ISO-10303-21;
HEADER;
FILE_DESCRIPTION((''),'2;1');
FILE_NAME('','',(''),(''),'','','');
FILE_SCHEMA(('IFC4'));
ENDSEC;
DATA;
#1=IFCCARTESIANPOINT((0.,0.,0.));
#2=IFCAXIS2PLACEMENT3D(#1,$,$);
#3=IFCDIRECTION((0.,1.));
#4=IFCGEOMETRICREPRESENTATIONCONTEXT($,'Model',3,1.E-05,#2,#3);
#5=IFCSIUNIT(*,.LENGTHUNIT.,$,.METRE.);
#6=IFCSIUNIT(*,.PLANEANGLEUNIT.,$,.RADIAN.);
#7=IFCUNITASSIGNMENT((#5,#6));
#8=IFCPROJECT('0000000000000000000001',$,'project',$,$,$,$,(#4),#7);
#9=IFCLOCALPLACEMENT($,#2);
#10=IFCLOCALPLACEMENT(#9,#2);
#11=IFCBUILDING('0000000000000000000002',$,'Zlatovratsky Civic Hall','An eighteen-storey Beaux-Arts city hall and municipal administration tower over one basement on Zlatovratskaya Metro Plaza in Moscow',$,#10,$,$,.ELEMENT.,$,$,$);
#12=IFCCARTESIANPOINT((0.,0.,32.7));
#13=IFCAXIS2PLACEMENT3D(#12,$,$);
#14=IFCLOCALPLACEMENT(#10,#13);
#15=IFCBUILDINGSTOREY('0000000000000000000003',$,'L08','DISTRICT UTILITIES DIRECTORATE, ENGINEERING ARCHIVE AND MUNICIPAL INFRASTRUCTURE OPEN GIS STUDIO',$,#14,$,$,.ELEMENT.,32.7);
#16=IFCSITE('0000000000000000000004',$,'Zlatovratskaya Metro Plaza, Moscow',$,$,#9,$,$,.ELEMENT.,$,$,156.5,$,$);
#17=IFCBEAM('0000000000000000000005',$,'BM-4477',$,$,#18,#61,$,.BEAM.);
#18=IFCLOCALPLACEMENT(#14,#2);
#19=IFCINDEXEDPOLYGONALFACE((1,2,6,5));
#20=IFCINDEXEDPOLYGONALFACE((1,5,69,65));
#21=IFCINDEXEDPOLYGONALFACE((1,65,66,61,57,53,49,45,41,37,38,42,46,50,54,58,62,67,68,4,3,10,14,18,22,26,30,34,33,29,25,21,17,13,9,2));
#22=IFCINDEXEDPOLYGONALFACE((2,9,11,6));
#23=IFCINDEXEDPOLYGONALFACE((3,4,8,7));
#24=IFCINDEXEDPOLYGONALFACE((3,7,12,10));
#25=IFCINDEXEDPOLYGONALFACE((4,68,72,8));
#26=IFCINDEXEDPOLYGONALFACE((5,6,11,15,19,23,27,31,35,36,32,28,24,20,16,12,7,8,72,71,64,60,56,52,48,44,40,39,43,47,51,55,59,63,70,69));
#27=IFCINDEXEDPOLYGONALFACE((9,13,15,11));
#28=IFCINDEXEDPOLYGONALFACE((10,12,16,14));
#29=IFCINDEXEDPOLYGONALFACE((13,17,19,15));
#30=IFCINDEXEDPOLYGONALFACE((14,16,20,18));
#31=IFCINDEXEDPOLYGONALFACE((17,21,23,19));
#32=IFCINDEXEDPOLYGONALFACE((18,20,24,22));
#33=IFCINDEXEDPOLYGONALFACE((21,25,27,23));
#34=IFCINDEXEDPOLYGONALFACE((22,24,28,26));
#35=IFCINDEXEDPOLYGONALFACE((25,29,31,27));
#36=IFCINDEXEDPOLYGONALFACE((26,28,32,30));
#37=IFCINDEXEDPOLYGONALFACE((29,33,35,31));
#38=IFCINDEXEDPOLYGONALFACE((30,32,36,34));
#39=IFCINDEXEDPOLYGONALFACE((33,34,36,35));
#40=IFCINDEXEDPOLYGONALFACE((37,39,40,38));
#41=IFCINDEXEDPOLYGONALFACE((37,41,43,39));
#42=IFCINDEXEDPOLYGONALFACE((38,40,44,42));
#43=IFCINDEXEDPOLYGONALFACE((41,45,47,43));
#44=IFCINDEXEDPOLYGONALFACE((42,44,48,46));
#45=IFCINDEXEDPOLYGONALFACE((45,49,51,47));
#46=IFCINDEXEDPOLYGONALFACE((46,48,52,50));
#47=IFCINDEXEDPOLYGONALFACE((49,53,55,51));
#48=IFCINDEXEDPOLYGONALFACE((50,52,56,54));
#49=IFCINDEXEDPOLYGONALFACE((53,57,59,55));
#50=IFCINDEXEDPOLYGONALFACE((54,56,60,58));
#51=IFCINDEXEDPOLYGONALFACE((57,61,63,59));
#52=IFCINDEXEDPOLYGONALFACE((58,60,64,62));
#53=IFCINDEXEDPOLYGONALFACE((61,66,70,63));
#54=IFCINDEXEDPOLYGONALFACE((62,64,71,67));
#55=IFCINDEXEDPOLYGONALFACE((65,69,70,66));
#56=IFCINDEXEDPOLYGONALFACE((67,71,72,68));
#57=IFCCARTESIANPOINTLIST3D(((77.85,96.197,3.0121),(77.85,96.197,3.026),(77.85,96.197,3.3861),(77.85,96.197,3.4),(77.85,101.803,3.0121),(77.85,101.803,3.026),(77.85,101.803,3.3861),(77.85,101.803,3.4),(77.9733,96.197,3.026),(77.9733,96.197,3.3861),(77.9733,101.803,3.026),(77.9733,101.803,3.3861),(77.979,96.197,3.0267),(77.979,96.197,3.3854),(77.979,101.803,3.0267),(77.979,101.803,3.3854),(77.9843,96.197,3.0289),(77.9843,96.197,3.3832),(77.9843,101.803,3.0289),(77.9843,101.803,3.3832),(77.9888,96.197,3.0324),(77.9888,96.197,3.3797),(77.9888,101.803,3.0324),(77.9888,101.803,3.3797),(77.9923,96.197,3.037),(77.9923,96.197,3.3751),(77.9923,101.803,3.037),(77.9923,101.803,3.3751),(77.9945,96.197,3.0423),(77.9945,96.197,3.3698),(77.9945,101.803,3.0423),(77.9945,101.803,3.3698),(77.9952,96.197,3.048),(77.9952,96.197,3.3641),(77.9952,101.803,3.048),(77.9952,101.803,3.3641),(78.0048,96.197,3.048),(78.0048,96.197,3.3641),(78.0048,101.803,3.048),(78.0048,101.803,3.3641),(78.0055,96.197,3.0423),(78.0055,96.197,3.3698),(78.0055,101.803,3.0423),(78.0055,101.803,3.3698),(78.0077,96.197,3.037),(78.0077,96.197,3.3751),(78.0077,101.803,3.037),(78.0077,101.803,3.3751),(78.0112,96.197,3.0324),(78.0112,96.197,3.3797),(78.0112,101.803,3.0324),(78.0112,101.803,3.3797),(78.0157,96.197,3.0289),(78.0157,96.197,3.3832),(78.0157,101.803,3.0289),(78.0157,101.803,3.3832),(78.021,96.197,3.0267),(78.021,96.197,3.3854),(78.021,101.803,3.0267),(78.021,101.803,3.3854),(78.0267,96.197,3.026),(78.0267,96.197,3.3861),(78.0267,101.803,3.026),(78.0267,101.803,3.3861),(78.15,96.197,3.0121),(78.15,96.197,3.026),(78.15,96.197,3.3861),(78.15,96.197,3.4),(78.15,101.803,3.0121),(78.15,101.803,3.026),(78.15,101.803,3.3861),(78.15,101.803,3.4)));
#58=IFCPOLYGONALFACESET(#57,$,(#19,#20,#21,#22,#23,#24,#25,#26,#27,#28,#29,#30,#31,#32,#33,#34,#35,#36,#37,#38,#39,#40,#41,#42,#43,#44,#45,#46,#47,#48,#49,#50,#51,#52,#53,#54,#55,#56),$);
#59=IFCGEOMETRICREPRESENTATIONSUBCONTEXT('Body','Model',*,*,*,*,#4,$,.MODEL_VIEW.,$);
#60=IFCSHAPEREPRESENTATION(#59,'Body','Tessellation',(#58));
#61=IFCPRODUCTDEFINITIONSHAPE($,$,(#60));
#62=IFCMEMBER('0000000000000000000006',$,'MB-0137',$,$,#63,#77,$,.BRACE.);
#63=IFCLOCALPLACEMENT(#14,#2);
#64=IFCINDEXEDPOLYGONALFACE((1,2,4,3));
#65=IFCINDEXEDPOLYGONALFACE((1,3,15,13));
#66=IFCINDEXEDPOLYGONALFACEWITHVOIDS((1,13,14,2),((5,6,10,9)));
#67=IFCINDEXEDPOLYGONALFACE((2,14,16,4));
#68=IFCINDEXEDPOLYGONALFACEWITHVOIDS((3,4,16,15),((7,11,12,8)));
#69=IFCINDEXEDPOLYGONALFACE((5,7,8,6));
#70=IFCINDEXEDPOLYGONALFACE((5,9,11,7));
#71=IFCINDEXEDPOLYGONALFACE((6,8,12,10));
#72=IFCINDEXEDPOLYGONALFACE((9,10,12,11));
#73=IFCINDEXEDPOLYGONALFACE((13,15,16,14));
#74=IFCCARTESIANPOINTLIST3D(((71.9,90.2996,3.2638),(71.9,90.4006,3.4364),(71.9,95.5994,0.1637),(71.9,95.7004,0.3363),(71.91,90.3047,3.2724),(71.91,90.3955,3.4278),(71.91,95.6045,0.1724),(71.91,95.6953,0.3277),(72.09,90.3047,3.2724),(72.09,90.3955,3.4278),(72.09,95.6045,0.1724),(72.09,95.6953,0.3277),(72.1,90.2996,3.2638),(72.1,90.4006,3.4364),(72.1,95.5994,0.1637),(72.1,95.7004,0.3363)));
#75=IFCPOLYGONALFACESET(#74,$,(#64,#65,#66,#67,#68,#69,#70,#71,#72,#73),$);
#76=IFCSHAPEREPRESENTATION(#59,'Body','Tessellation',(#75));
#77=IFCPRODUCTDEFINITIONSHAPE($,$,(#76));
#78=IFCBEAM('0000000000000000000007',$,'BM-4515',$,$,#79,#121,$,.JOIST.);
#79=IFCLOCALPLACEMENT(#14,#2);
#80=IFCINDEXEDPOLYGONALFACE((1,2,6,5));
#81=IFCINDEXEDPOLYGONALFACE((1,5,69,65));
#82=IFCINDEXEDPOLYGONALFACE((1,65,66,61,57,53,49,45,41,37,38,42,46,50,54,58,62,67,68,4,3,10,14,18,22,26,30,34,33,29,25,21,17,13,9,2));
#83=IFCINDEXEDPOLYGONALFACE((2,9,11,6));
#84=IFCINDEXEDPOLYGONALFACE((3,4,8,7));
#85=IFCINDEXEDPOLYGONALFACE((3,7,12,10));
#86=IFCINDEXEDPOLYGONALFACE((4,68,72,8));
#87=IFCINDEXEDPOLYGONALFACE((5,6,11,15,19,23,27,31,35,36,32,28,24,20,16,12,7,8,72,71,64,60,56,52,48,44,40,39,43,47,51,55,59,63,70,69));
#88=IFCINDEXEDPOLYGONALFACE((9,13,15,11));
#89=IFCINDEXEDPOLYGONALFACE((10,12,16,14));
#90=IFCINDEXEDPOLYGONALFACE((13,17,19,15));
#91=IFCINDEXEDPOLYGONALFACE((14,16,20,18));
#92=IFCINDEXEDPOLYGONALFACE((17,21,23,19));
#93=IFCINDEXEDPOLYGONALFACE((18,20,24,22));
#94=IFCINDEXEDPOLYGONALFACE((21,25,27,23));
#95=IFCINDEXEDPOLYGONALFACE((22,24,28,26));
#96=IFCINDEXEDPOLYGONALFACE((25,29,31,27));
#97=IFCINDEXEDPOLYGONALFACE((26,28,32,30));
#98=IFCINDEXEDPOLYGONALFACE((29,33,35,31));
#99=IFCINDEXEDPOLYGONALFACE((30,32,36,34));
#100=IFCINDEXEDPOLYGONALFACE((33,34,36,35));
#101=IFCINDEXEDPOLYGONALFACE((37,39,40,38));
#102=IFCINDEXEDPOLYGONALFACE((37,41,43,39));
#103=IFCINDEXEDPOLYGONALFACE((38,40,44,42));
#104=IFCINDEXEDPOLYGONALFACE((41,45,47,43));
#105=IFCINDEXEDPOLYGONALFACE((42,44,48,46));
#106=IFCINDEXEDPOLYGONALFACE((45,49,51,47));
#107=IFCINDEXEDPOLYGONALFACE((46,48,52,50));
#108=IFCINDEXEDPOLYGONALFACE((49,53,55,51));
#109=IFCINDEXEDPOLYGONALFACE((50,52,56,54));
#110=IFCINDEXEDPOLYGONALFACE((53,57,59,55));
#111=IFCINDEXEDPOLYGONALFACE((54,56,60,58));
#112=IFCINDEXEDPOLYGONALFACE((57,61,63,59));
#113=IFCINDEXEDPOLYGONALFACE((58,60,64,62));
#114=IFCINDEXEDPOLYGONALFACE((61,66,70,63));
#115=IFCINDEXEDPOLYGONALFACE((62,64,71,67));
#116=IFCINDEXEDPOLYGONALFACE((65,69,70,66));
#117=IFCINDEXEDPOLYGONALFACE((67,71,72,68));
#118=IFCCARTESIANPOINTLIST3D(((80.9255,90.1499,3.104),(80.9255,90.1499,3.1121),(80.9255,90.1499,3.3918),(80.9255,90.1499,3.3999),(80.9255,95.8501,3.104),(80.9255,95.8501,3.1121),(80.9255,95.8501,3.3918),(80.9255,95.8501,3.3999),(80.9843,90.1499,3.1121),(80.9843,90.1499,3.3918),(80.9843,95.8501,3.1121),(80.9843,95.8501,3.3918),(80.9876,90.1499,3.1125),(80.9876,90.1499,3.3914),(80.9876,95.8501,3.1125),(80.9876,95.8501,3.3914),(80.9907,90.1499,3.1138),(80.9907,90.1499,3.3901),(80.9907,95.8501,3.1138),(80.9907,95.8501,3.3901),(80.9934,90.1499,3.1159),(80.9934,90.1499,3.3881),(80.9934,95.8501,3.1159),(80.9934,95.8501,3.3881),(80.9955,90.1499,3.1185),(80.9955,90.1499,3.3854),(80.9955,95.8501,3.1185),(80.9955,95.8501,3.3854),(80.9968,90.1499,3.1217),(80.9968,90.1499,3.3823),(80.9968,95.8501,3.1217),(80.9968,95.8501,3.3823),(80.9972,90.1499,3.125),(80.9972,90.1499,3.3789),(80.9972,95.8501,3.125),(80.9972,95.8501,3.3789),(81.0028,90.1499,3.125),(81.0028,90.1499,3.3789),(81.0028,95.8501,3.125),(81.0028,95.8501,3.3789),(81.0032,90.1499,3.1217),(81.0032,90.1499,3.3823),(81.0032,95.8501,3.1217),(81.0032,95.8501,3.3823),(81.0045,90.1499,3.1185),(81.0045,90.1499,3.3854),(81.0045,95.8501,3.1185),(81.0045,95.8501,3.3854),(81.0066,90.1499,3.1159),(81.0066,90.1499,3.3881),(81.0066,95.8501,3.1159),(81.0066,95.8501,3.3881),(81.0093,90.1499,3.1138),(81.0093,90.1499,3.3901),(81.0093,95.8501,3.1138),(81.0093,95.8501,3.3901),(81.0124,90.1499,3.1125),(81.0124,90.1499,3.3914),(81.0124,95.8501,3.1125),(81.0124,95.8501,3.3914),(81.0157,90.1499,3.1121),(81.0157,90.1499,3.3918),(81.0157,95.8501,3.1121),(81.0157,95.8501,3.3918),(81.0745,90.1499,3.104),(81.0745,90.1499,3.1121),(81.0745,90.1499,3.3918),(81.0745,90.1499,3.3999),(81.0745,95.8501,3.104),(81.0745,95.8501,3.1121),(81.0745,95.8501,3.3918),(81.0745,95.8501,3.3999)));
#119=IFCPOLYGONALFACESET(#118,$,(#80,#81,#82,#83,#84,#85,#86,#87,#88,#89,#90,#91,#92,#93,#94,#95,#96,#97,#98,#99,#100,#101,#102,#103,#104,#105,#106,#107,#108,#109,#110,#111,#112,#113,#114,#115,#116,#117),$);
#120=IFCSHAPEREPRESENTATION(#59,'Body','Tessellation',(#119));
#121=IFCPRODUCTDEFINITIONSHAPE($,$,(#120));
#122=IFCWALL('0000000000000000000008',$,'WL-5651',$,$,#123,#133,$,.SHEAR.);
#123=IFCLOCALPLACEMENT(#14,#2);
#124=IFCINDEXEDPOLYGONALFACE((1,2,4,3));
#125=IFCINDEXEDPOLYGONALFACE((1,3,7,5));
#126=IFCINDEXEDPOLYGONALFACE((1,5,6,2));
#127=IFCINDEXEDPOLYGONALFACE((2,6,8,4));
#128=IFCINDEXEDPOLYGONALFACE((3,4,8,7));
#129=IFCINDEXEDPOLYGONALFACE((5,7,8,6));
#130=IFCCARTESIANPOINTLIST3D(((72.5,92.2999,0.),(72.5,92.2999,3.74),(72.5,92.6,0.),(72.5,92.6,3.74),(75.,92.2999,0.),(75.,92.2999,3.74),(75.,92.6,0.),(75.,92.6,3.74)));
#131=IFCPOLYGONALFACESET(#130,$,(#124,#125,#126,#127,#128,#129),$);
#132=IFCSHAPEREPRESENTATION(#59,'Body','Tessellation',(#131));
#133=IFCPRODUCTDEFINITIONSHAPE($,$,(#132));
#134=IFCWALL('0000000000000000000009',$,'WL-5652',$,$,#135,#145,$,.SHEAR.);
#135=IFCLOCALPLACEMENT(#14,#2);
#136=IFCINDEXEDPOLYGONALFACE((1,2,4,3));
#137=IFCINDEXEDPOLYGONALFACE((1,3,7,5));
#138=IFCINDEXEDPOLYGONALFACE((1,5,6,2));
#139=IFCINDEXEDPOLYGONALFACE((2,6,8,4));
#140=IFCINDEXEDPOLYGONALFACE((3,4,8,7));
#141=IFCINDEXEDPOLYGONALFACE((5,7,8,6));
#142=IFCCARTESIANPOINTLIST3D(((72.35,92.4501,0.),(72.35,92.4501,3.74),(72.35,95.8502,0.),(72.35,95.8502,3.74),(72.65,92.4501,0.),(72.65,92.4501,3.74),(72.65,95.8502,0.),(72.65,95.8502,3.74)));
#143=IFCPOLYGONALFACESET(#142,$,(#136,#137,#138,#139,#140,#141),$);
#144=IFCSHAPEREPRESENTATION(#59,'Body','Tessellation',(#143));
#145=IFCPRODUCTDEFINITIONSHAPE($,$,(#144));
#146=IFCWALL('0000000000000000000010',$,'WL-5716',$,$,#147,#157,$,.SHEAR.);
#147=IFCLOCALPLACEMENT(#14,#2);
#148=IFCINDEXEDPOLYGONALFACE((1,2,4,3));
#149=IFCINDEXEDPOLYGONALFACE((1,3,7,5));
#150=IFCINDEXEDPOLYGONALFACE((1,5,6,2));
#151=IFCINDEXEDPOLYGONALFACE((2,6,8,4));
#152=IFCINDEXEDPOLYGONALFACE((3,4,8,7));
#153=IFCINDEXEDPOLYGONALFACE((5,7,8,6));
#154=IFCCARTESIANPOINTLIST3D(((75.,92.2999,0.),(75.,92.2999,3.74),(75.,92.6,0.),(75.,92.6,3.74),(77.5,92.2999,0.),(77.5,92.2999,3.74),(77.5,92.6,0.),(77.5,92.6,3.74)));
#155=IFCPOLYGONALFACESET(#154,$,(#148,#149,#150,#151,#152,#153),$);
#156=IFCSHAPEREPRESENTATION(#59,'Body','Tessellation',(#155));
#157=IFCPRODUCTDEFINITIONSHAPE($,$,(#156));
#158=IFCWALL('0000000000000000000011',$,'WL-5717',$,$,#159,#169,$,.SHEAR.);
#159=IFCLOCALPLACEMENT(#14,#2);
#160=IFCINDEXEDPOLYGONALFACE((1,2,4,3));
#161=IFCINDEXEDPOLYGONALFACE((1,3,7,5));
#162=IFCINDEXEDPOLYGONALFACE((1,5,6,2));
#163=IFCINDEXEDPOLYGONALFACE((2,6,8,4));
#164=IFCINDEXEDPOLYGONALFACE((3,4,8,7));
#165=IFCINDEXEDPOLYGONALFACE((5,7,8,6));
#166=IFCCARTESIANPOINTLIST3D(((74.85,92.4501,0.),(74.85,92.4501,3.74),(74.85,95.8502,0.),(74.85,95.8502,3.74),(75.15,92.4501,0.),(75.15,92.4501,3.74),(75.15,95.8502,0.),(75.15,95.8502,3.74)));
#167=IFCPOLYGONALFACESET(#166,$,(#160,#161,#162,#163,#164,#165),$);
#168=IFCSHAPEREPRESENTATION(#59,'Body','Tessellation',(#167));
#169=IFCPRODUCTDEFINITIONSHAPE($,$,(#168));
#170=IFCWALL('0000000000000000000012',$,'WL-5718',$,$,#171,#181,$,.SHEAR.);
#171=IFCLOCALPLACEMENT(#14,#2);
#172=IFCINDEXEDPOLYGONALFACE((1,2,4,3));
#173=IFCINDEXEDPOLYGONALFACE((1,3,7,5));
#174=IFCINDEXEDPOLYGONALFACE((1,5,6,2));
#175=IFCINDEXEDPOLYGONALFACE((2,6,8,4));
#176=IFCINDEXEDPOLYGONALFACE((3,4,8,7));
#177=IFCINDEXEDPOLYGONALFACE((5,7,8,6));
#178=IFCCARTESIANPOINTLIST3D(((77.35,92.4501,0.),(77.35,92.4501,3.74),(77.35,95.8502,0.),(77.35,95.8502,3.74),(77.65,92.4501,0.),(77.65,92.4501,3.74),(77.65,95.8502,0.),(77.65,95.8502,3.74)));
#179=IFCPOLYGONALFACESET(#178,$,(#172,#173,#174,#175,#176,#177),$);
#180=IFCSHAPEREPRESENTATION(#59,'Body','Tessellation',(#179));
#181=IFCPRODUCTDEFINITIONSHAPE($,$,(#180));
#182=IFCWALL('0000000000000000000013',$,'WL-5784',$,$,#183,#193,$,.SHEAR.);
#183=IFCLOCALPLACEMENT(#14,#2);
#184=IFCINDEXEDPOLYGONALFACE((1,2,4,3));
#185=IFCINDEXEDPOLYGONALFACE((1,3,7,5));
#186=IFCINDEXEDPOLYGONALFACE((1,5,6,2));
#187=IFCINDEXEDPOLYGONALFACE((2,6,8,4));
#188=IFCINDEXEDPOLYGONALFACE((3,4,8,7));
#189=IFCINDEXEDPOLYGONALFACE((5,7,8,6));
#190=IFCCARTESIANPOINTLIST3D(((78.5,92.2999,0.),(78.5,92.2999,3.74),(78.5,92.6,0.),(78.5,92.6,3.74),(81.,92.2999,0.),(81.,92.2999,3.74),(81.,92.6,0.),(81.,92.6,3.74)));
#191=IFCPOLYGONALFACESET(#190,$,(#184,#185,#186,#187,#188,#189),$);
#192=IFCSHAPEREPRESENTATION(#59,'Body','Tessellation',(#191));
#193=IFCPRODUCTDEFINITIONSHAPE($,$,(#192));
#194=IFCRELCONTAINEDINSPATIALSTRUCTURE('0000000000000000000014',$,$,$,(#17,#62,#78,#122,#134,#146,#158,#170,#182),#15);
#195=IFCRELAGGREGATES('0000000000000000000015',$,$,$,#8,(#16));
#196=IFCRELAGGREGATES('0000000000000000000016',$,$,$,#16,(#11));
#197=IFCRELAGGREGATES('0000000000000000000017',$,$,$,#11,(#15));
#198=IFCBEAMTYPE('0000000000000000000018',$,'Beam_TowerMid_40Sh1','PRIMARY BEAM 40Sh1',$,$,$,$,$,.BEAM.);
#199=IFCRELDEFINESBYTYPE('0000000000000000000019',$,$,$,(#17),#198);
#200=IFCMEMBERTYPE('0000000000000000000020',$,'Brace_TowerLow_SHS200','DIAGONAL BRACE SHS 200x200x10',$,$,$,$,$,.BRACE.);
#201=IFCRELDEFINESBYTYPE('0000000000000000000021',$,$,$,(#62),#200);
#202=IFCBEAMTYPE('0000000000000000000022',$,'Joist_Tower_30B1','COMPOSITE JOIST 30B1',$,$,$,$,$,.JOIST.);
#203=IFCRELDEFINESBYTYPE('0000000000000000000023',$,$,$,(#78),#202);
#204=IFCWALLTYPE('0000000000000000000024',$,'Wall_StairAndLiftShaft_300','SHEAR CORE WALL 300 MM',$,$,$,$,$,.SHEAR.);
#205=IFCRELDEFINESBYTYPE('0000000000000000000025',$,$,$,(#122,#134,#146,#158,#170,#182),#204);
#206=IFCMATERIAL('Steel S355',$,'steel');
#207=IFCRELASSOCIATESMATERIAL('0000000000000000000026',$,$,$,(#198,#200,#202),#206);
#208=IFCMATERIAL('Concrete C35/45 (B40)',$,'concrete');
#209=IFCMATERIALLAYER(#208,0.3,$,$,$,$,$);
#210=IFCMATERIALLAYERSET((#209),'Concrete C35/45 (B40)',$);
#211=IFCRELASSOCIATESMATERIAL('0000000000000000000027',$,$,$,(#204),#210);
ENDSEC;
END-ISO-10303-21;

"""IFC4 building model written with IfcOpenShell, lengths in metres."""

from ifc_helpers import new_model, si_unit, direction, frame, frame_2d, origin, origin_2d, place, context, subcontext, project, spatial, rectangle, hollow_rectangle, i_section, extrude, material, layer, layer_set, material_profile, profile_set, type_object, element, save


model = new_model("IFC4")

# Units and contexts
model_context = context("Model", 3, precision=1e-05, world=origin(), true_north=direction((0.0, 1.0)))
body_context = subcontext(model_context, "Body", "Model", "MODEL_VIEW")
ifc_project = project(units=[si_unit("LENGTHUNIT", "METRE"), si_unit("PLANEANGLEUNIT", "RADIAN")], contexts=[model_context])

# Site, building, storey
site_placement = place(None, origin())
site = spatial("IfcSite", under=ifc_project, at=site_placement, Name="Zlatovratskaya Metro Plaza, Moscow", CompositionType="ELEMENT", RefElevation=156.5)
building_placement = place(site_placement, origin())
building = spatial("IfcBuilding", under=site, at=building_placement, Name="Zlatovratsky Civic Hall", Description="An eighteen-storey Beaux-Arts city hall and municipal administration tower over one basement on Zlatovratskaya Metro Plaza in Moscow", CompositionType="ELEMENT")
storey_placement = place(building_placement, frame((0.0, 0.0, 32.7)))
storey = spatial("IfcBuildingStorey", under=building, at=storey_placement, Name="L08", Description="DISTRICT UTILITIES DIRECTORATE, ENGINEERING ARCHIVE AND MUNICIPAL INFRASTRUCTURE OPEN GIS STUDIO", CompositionType="ELEMENT", Elevation=32.7)

# Shared definitions
ifc_material_1 = material(Name="Concrete C35/45 (B40)", Category="concrete")
ifc_material_2 = material(Name="Steel S355", Category="steel")

# Beam
ifc_material_profile_1 = material_profile(ifc_material_2, i_section(OverallWidth=0.3, OverallDepth=0.3879, WebThickness=0.0095, FlangeThickness=0.0139, FilletRadius=0.022, at=origin_2d()), Name="40Sh1")
ifc_profile_set_1 = profile_set([ifc_material_profile_1], Name="Steel S355")
beam_type_1 = type_object("IfcBeamType", Name="Beam_TowerMid_40Sh1", Description="PRIMARY BEAM 40Sh1", PredefinedType="BEAM", material=ifc_profile_set_1)
beam_1_placement = place(storey_placement, frame((78.0, 96.197, 3.2061), z_axis=(0.0, 1.0, 0.0), x_axis=(-1.0, 0.0, 0.0)))
element("IfcBeam", 1, at=beam_1_placement, inside=storey, type_object=beam_type_1, Name="BM-4477", PredefinedType="BEAM", context=body_context, shape_type="SweptSolid", body=[
    extrude(i_section(OverallWidth=0.3, OverallDepth=0.3879, WebThickness=0.0095, FlangeThickness=0.0139, FilletRadius=0.022, at=origin_2d()), origin(), (0.0, 0.0, 1.0), 5.606),
])

# Member
ifc_material_profile_2 = material_profile(ifc_material_2, hollow_rectangle(XDim=0.2, YDim=0.2, WallThickness=0.01, at=origin_2d()), Name="SHS 200x200x10")
ifc_profile_set_2 = profile_set([ifc_material_profile_2], Name="Steel S355")
member_type = type_object("IfcMemberType", Name="Brace_TowerLow_SHS200", Description="DIAGONAL BRACE SHS 200x200x10", PredefinedType="BRACE", material=ifc_profile_set_2)
member_placement = place(storey_placement, frame((72.0, 90.3501, 3.3501), z_axis=(0.0, 0.863173, -0.504909), x_axis=(-1.0, 0.0, 0.0)))
element("IfcMember", 2, at=member_placement, inside=storey, type_object=member_type, Name="MB-0137", PredefinedType="BRACE", context=body_context, shape_type="SweptSolid", body=[
    extrude(hollow_rectangle(XDim=0.2, YDim=0.2, WallThickness=0.01, at=origin_2d()), origin(), (0.0, 0.0, 1.0), 6.1399),
])

# Beam
ifc_material_profile_3 = material_profile(ifc_material_2, i_section(OverallWidth=0.1489, OverallDepth=0.2959, WebThickness=0.0056, FlangeThickness=0.0081, FilletRadius=0.0129, at=origin_2d()), Name="30B1")
ifc_profile_set_3 = profile_set([ifc_material_profile_3], Name="Steel S355")
beam_type_2 = type_object("IfcBeamType", Name="Joist_Tower_30B1", Description="COMPOSITE JOIST 30B1", PredefinedType="JOIST", material=ifc_profile_set_3)
beam_2_placement = place(storey_placement, frame((81.0, 90.1499, 3.252), z_axis=(0.0, 1.0, 0.0), x_axis=(-1.0, 0.0, 0.0)))
element("IfcBeam", 3, at=beam_2_placement, inside=storey, type_object=beam_type_2, Name="BM-4515", PredefinedType="JOIST", context=body_context, shape_type="SweptSolid", body=[
    extrude(i_section(OverallWidth=0.1489, OverallDepth=0.2959, WebThickness=0.0056, FlangeThickness=0.0081, FilletRadius=0.0129, at=origin_2d()), origin(), (0.0, 0.0, 1.0), 5.7002),
])

# Shared definitions
ifc_layer = layer(ifc_material_1, 0.3)
ifc_layer_set = layer_set([ifc_layer], Name="Concrete C35/45 (B40)")
wall_type = type_object("IfcWallType", Name="Wall_StairAndLiftShaft_300", Description="SHEAR CORE WALL 300 MM", PredefinedType="SHEAR", material=ifc_layer_set)

# Walls
wall_1_placement = place(storey_placement, frame((72.5, 92.45, 0.0), z_axis=(0.0, 0.0, 1.0), x_axis=(1.0, 0.0, 0.0)))
element("IfcWall", 4, at=wall_1_placement, inside=storey, type_object=wall_type, Name="WL-5651", PredefinedType="SHEAR", context=body_context, shape_type="SweptSolid", body=[
    extrude(rectangle(XDim=2.5, YDim=0.3, at=frame_2d((1.25, 0.0))), origin(), (0.0, 0.0, 1.0), 3.74),
])
wall_2_placement = place(storey_placement, frame((72.5, 92.45, 0.0), z_axis=(0.0, 0.0, 1.0), x_axis=(0.0, 1.0, 0.0)))
element("IfcWall", 5, at=wall_2_placement, inside=storey, type_object=wall_type, Name="WL-5652", PredefinedType="SHEAR", context=body_context, shape_type="SweptSolid", body=[
    extrude(rectangle(XDim=3.4001, YDim=0.3, at=frame_2d((1.7002, 0.0))), origin(), (0.0, 0.0, 1.0), 3.74),
])

# Walls
wall_3_placement = place(storey_placement, frame((75.0, 92.45, 0.0), z_axis=(0.0, 0.0, 1.0), x_axis=(1.0, 0.0, 0.0)))
element("IfcWall", 6, at=wall_3_placement, inside=storey, type_object=wall_type, Name="WL-5716", PredefinedType="SHEAR", context=body_context, shape_type="SweptSolid", body=[
    extrude(rectangle(XDim=2.5, YDim=0.3, at=frame_2d((1.25, 0.0))), origin(), (0.0, 0.0, 1.0), 3.74),
])
for number, where, z_axis, x_axis, name in (
    (7, (75.0, 92.45, 0.0), (0.0, 0.0, 1.0), (0.0, 1.0, 0.0), "WL-5717"),
    (8, (77.5, 92.45, 0.0), (0.0, 0.0, 1.0), (0.0, 1.0, 0.0), "WL-5718"),
):
    element("IfcWall", number, at=place(storey_placement, frame(where, z_axis=z_axis, x_axis=x_axis)), inside=storey, type_object=wall_type, Name=name, PredefinedType="SHEAR", context=body_context, shape_type="SweptSolid", body=[
        extrude(rectangle(XDim=3.4001, YDim=0.3, at=frame_2d((1.7002, 0.0))), origin(), (0.0, 0.0, 1.0), 3.74),
    ])

# Wall
wall_4_placement = place(storey_placement, frame((78.5, 92.45, 0.0), z_axis=(0.0, 0.0, 1.0), x_axis=(1.0, 0.0, 0.0)))
element("IfcWall", 9, at=wall_4_placement, inside=storey, type_object=wall_type, Name="WL-5784", PredefinedType="SHEAR", context=body_context, shape_type="SweptSolid", body=[
    extrude(rectangle(XDim=2.5, YDim=0.3, at=frame_2d((1.25, 0.0))), origin(), (0.0, 0.0, 1.0), 3.74),
])

save(model, "model.ifc")
